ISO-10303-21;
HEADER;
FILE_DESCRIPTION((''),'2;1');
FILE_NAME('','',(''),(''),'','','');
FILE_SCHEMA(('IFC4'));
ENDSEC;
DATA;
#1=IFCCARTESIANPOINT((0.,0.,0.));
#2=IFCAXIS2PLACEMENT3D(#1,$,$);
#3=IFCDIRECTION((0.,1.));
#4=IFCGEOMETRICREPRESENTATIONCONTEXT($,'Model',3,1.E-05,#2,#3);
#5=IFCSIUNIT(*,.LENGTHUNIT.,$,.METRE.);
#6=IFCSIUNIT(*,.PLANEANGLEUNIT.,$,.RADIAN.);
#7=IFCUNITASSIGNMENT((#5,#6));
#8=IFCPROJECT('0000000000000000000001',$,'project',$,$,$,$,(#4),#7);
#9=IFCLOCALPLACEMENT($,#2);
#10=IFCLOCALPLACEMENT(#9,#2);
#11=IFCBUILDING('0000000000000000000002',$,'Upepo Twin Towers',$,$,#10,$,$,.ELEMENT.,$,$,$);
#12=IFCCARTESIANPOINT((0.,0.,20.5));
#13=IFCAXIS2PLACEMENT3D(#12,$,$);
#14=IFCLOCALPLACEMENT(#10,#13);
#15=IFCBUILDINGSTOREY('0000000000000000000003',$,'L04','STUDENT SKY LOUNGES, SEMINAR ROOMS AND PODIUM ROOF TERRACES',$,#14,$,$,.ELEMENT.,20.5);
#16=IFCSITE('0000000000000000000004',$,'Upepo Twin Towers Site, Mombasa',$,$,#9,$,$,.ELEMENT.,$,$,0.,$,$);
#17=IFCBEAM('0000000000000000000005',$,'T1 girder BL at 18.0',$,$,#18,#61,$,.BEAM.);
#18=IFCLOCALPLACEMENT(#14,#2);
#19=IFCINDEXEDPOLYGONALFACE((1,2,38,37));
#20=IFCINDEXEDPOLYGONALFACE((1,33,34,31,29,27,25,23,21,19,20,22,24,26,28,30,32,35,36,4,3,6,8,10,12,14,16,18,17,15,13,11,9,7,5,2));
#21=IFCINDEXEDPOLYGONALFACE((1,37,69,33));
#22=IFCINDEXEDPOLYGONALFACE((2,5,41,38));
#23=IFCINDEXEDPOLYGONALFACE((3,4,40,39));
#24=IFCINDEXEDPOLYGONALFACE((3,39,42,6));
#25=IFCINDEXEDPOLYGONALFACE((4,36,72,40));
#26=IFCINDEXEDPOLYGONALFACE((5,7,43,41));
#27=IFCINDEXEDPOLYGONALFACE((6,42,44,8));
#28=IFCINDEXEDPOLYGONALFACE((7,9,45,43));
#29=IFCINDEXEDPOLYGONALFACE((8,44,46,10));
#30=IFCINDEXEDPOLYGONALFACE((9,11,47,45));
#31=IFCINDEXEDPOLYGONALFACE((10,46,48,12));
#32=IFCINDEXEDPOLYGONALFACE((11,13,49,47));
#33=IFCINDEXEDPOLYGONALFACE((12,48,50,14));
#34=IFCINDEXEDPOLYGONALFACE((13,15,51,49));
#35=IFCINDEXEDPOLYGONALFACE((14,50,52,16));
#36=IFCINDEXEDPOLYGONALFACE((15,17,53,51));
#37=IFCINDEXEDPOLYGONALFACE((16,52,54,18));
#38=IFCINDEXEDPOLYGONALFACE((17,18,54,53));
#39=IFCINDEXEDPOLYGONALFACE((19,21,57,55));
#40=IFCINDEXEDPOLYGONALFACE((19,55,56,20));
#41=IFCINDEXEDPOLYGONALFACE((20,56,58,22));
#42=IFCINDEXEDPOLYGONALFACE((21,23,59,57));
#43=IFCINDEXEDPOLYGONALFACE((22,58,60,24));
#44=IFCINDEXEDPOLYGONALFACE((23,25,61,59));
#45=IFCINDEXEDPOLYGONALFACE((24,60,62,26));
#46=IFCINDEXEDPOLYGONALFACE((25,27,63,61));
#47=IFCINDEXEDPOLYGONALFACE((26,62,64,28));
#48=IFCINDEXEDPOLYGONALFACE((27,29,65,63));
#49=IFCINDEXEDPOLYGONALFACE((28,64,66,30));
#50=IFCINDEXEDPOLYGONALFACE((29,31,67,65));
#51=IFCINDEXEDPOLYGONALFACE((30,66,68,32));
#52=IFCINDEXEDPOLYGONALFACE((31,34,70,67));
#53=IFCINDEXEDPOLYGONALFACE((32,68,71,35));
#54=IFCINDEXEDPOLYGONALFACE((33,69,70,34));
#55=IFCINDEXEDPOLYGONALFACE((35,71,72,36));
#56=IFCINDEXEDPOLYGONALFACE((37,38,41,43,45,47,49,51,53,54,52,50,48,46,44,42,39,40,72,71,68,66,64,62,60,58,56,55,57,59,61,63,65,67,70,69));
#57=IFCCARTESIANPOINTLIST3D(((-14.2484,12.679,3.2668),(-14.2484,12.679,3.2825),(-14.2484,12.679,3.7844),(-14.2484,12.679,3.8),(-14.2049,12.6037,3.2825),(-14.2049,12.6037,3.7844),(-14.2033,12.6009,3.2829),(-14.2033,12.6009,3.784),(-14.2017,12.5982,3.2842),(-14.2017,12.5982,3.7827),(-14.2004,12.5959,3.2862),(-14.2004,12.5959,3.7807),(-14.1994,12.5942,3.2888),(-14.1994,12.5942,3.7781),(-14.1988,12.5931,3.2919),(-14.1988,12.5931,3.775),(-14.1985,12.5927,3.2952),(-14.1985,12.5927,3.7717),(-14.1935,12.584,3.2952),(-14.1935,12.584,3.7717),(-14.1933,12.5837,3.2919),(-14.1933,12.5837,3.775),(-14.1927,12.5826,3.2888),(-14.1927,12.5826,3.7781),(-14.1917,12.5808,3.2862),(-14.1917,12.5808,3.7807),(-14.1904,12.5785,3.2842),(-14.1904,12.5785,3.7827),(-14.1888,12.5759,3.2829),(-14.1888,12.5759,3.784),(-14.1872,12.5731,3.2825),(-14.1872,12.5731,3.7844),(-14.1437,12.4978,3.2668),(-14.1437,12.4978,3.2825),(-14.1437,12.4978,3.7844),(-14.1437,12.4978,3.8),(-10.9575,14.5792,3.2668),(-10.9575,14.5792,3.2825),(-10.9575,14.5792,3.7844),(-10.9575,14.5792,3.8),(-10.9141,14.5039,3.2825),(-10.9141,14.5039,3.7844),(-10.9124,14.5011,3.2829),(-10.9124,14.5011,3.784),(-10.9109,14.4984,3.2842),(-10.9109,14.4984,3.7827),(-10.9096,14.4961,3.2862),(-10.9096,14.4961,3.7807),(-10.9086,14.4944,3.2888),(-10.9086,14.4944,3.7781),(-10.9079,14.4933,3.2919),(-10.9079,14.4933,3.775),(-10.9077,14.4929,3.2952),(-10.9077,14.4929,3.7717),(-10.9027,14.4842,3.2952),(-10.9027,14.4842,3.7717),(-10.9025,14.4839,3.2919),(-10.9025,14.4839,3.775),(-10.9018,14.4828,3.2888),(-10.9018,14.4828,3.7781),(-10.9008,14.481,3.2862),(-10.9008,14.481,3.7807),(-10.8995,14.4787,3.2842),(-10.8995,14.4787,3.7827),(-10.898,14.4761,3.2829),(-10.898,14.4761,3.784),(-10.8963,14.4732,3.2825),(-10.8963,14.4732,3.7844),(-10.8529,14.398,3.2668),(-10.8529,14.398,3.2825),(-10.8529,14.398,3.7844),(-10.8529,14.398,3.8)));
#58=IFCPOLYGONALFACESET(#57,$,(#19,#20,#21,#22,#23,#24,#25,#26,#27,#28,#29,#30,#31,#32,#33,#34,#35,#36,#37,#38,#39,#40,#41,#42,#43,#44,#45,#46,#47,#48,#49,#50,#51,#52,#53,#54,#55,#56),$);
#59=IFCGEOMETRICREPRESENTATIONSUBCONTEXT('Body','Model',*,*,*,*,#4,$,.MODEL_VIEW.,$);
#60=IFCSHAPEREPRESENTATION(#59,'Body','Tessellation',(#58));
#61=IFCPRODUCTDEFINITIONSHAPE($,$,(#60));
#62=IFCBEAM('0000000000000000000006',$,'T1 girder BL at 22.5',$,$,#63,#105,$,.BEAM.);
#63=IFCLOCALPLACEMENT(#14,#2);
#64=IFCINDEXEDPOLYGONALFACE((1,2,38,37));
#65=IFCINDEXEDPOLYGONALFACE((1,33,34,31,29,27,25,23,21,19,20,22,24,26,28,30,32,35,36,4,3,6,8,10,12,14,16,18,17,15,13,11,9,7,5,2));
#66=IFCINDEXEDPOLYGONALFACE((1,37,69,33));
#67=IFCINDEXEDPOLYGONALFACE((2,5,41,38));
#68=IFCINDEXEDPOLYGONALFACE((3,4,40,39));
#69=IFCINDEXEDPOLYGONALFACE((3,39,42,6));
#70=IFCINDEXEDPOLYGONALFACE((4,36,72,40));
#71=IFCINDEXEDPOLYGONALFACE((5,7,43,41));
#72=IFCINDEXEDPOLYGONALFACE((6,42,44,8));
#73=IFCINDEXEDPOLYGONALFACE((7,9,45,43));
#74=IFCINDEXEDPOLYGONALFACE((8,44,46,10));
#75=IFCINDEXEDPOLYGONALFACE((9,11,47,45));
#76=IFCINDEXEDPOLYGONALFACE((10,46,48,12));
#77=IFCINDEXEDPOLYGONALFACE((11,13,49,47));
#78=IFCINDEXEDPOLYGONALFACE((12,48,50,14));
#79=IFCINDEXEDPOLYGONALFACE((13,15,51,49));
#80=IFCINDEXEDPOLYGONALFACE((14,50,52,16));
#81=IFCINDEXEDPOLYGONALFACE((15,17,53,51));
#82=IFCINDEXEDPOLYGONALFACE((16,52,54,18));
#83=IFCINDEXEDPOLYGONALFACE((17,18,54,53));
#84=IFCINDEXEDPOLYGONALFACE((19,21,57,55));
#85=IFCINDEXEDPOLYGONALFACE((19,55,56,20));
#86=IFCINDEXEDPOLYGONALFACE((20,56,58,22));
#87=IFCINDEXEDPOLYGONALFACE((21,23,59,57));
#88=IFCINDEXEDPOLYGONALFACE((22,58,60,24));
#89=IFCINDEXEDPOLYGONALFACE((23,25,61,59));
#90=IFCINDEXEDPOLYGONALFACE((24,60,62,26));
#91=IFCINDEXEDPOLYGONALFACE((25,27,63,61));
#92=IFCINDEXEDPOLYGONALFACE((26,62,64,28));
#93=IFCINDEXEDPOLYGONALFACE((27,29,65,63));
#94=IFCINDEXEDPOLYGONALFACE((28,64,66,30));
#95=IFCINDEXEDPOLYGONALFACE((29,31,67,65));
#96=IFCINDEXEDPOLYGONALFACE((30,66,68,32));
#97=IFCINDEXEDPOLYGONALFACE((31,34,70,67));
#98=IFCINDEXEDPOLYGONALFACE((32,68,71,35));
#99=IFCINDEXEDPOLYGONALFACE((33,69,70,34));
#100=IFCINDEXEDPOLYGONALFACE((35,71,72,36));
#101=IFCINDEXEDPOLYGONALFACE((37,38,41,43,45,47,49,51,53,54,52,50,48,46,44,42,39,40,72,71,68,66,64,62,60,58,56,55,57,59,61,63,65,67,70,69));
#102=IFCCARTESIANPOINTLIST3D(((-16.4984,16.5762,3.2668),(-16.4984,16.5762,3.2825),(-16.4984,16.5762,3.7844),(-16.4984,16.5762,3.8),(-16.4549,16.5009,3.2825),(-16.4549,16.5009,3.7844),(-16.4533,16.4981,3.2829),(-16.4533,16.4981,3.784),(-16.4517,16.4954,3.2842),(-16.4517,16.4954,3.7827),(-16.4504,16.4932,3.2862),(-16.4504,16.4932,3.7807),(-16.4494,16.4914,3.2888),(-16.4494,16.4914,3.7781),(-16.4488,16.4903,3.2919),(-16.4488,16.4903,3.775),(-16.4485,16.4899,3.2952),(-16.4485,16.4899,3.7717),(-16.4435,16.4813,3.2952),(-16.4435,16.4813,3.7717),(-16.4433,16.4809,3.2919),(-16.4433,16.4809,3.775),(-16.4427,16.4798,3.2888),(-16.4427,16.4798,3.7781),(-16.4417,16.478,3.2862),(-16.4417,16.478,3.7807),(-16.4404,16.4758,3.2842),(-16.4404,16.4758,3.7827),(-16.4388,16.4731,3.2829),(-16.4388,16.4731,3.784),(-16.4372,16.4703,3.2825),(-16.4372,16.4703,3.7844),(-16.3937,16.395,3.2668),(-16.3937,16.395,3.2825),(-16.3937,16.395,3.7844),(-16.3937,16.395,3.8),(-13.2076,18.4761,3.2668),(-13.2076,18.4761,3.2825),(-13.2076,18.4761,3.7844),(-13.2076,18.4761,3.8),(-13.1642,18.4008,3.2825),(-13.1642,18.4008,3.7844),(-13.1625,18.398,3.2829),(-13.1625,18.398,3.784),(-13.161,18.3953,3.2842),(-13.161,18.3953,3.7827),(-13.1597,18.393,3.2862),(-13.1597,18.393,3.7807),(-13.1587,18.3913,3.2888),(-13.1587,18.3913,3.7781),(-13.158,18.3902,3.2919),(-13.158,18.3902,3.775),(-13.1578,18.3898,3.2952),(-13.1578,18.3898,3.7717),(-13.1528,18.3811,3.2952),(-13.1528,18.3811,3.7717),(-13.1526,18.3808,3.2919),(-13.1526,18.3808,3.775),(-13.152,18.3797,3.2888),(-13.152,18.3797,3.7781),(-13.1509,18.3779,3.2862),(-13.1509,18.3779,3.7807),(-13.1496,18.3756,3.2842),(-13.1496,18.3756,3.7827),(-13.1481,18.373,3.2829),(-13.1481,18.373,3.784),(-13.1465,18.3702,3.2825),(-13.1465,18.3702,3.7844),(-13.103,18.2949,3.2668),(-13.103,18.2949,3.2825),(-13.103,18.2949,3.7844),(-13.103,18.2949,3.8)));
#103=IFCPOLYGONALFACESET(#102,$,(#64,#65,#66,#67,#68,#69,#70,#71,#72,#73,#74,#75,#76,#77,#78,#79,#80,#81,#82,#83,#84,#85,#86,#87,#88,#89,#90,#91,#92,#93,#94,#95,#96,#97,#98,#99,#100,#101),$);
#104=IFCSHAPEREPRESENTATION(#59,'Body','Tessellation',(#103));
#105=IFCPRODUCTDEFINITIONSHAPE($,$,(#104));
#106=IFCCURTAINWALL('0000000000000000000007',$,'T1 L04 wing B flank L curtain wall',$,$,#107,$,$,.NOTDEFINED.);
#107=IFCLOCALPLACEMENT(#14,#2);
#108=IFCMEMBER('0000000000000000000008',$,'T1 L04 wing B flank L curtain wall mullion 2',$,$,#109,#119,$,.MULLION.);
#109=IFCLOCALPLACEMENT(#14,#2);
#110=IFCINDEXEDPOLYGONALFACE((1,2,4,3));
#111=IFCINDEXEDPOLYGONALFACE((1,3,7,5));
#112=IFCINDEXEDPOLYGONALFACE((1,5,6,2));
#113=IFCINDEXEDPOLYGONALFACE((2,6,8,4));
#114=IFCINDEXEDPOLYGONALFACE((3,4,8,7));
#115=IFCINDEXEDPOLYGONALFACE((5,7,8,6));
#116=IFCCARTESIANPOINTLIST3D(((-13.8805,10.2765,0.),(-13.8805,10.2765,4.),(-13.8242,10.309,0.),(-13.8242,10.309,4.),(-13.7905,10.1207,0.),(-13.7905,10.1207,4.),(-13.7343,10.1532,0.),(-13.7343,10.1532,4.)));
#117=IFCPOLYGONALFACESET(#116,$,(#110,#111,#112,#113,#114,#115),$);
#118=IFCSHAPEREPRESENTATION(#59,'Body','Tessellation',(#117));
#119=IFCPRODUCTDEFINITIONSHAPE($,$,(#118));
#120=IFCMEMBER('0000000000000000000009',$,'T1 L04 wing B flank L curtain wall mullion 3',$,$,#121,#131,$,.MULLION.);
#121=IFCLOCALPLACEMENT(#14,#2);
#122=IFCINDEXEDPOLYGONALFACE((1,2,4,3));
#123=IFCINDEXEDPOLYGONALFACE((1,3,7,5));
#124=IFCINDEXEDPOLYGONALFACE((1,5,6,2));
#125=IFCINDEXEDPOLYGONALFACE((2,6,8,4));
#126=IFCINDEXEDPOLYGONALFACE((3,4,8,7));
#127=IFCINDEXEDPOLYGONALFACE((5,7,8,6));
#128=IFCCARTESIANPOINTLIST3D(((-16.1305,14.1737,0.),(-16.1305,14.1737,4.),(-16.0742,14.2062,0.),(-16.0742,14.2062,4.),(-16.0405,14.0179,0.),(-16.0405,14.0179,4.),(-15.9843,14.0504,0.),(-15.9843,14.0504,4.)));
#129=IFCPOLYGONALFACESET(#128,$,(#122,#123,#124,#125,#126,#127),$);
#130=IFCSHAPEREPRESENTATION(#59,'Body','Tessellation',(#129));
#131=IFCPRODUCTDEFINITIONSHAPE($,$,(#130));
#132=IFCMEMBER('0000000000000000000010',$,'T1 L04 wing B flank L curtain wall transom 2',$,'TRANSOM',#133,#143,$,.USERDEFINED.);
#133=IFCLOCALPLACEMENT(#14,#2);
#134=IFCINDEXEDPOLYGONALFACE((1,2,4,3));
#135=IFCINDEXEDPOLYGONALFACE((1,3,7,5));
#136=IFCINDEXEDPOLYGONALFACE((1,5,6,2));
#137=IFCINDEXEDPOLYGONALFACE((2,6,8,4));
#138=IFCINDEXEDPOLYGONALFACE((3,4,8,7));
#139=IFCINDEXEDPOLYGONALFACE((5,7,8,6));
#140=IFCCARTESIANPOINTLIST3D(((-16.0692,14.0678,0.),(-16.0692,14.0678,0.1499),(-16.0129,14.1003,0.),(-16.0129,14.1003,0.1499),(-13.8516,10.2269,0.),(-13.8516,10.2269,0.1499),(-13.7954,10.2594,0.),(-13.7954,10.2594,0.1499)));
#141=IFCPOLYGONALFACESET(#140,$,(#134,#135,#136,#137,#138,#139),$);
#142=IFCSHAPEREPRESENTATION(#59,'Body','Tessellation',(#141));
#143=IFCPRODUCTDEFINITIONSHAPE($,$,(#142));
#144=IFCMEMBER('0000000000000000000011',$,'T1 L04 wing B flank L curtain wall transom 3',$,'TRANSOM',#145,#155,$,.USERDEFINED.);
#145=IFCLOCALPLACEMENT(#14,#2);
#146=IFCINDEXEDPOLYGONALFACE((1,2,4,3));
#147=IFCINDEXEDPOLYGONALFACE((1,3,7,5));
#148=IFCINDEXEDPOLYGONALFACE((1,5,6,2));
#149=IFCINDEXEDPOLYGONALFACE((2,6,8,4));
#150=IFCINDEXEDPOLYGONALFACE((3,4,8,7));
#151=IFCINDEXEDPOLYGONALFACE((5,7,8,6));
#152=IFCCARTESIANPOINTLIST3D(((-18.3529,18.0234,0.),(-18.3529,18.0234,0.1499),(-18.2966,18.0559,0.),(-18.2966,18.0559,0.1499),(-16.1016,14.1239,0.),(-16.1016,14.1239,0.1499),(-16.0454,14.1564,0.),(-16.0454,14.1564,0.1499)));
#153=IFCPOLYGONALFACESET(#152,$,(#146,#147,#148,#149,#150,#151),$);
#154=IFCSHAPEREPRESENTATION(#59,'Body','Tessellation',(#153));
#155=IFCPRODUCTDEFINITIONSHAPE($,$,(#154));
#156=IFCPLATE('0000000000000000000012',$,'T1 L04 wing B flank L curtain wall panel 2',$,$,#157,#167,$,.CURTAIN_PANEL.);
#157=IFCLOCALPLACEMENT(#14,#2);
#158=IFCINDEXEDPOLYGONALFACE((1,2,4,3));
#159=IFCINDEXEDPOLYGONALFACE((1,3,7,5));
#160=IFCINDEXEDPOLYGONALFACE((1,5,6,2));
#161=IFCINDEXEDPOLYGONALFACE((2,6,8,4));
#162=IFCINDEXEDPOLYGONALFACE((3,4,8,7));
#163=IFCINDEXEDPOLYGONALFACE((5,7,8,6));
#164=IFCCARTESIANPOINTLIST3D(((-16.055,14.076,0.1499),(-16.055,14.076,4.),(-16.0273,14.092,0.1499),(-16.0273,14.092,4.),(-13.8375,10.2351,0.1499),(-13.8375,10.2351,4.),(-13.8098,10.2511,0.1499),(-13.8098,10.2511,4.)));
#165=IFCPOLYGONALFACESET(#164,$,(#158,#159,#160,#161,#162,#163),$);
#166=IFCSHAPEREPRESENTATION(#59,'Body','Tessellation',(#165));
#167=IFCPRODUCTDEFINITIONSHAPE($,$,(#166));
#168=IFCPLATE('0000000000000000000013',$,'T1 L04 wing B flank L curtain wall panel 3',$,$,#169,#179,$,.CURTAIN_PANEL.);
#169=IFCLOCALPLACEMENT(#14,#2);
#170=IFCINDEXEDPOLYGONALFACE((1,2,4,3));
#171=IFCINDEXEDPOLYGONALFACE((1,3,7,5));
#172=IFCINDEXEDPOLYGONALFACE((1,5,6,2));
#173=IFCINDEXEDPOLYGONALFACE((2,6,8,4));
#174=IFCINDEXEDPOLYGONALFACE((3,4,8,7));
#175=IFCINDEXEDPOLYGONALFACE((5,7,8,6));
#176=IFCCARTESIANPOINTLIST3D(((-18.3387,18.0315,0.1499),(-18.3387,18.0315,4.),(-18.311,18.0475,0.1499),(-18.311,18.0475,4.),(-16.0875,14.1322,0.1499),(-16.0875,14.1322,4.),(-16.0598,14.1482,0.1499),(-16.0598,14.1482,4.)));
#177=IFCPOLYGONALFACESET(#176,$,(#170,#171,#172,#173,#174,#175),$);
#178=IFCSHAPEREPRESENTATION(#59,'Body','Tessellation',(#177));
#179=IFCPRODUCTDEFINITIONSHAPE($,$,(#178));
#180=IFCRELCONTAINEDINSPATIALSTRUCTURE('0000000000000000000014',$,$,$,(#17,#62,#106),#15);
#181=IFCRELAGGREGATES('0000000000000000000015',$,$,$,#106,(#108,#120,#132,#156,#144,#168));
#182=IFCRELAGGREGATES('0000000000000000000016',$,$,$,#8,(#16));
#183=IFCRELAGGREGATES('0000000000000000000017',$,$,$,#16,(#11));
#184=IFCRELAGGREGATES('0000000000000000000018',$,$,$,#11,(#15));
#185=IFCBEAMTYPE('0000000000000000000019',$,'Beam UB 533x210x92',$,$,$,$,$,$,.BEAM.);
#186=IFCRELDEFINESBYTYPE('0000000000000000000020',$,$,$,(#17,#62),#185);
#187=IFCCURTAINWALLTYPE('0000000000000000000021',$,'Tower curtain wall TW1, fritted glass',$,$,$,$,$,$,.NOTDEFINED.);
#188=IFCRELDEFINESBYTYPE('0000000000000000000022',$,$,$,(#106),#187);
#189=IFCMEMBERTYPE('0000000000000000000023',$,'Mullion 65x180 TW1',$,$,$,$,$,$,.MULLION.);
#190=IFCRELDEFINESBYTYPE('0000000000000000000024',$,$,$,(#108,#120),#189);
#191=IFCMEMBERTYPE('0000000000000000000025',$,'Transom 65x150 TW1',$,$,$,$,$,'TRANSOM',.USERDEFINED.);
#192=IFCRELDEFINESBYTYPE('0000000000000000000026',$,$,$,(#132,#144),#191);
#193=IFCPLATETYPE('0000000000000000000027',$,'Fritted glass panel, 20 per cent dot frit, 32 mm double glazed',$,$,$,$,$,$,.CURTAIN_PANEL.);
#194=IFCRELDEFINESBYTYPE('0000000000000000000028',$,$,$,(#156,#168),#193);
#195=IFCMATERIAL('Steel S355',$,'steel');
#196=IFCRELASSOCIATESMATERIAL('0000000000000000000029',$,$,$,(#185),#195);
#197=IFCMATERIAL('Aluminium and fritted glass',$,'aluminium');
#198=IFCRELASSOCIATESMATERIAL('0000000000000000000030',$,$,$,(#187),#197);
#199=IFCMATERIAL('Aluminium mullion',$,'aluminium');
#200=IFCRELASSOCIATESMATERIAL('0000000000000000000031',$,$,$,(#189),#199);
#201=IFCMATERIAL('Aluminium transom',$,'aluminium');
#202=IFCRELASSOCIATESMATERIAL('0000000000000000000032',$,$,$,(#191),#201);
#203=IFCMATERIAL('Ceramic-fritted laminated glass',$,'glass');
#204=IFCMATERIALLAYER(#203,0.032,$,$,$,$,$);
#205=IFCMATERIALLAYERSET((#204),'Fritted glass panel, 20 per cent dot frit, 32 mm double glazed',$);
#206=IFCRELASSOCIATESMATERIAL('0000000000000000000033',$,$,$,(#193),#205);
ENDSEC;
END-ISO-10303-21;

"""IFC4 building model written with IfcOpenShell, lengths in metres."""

from ifc_helpers import new_model, si_unit, direction, frame, origin, origin_2d, place, context, subcontext, project, spatial, rectangle, i_section, extrude, material, layer, layer_set, material_profile, profile_set, type_object, element, aggregate, save


model = new_model("IFC4")

# Units and contexts
model_context = context("Model", 3, precision=1e-05, world=origin(), true_north=direction((0.0, 1.0)))
body_context = subcontext(model_context, "Body", "Model", "MODEL_VIEW")
ifc_project = project(units=[si_unit("LENGTHUNIT", "METRE"), si_unit("PLANEANGLEUNIT", "RADIAN")], contexts=[model_context])

# Site, building, storey
site_placement = place(None, origin())
site = spatial("IfcSite", under=ifc_project, at=site_placement, Name="Upepo Twin Towers Site, Mombasa", CompositionType="ELEMENT", RefElevation=0.0)
building_placement = place(site_placement, origin())
building = spatial("IfcBuilding", under=site, at=building_placement, Name="Upepo Twin Towers", CompositionType="ELEMENT")
storey_placement = place(building_placement, frame((0.0, 0.0, 20.5)))
storey = spatial("IfcBuildingStorey", under=building, at=storey_placement, Name="L04", Description="STUDENT SKY LOUNGES, SEMINAR ROOMS AND PODIUM ROOF TERRACES", CompositionType="ELEMENT", Elevation=20.5)

# Beams
ifc_material_1 = material(Name="Steel S355", Category="steel")
ifc_material_profile_1 = material_profile(ifc_material_1, i_section(OverallWidth=0.2092, OverallDepth=0.5332, WebThickness=0.01, FlangeThickness=0.0156, FilletRadius=0.0127, at=origin_2d()), Name="UB 533x210x92")
ifc_profile_set_1 = profile_set([ifc_material_profile_1], Name="Steel S355")
beam_type_1 = type_object("IfcBeamType", Name="Beam UB 533x210x92", PredefinedType="BEAM", material=ifc_profile_set_1)
beam_1_placement = place(storey_placement, frame((-14.196, 12.5884, 3.5334), z_axis=(0.866, 0.500043, 0.0), x_axis=(-0.500043, 0.866, 0.0)))
element("IfcBeam", 1, at=beam_1_placement, inside=storey, type_object=beam_type_1, Name="T1 girder BL at 18.0", PredefinedType="BEAM", context=body_context, shape_type="SweptSolid", body=[
    extrude(i_section(OverallWidth=0.2092, OverallDepth=0.5332, WebThickness=0.01, FlangeThickness=0.0156, FilletRadius=0.0127, at=origin_2d()), origin(), (0.0, 0.0, 1.0), 3.8),
])
beam_2_placement = place(storey_placement, frame((-16.446, 16.4856, 3.5334), z_axis=(0.866028, 0.499995, 0.0), x_axis=(-0.499995, 0.866028, 0.0)))
element("IfcBeam", 2, at=beam_2_placement, inside=storey, type_object=beam_type_1, Name="T1 girder BL at 22.5", PredefinedType="BEAM", context=body_context, shape_type="SweptSolid", body=[
    extrude(i_section(OverallWidth=0.2092, OverallDepth=0.5332, WebThickness=0.01, FlangeThickness=0.0156, FilletRadius=0.0127, at=origin_2d()), origin(), (0.0, 0.0, 1.0), 3.7998),
])

# Curtain wall, members, plates
ifc_material_2 = material(Name="Aluminium and fritted glass", Category="aluminium")
curtain_wall_type = type_object("IfcCurtainWallType", Name="Tower curtain wall TW1, fritted glass", PredefinedType="NOTDEFINED", material=ifc_material_2)
curtain_wall_placement = place(storey_placement, origin())
curtain_wall = element("IfcCurtainWall", 3, at=curtain_wall_placement, inside=storey, type_object=curtain_wall_type, Name="T1 L04 wing B flank L curtain wall", PredefinedType="NOTDEFINED")
ifc_material_3 = material(Name="Aluminium mullion", Category="aluminium")
ifc_material_profile_2 = material_profile(ifc_material_3, rectangle(XDim=0.0649, YDim=0.1799, at=origin_2d()), Name="MULLION 65x180")
ifc_profile_set_2 = profile_set([ifc_material_profile_2], Name="Aluminium mullion")
member_type_1 = type_object("IfcMemberType", Name="Mullion 65x180 TW1", PredefinedType="MULLION", material=ifc_profile_set_2)
member_1_placement = place(storey_placement, frame((-13.8074, 10.2148, 0.0), z_axis=(0.0, 0.0, 1.0), x_axis=(-0.866025, -0.5, 0.0)))
member_1 = element("IfcMember", 4, at=member_1_placement, type_object=member_type_1, Name="T1 L04 wing B flank L curtain wall mullion 2", PredefinedType="MULLION", context=body_context, shape_type="SweptSolid", body=[
    extrude(rectangle(XDim=0.0649, YDim=0.1799, at=origin_2d()), origin(), (0.0, 0.0, 1.0), 4.0),
])
member_2_placement = place(storey_placement, frame((-16.0574, 14.1121, 0.0), z_axis=(0.0, 0.0, 1.0), x_axis=(-0.866025, -0.5, 0.0)))
member_2 = element("IfcMember", 5, at=member_2_placement, type_object=member_type_1, Name="T1 L04 wing B flank L curtain wall mullion 3", PredefinedType="MULLION", context=body_context, shape_type="SweptSolid", body=[
    extrude(rectangle(XDim=0.0649, YDim=0.1799, at=origin_2d()), origin(), (0.0, 0.0, 1.0), 4.0),
])
ifc_material_4 = material(Name="Aluminium transom", Category="aluminium")
ifc_material_profile_3 = material_profile(ifc_material_4, rectangle(XDim=0.0649, YDim=0.1499, at=origin_2d()), Name="TRANSOM 65x150")
ifc_profile_set_3 = profile_set([ifc_material_profile_3], Name="Aluminium transom")
member_type_2 = type_object("IfcMemberType", Name="Transom 65x150 TW1", ElementType="TRANSOM", PredefinedType="USERDEFINED", material=ifc_profile_set_3)
member_3_placement = place(storey_placement, frame((-13.8235, 10.2432, 0.075), z_axis=(-0.500005, 0.866022, 0.0), x_axis=(-0.866022, -0.500005, 0.0)))
member_3 = element("IfcMember", 6, at=member_3_placement, type_object=member_type_2, Name="T1 L04 wing B flank L curtain wall transom 2", ObjectType="TRANSOM", PredefinedType="USERDEFINED", context=body_context, shape_type="SweptSolid", body=[
    extrude(rectangle(XDim=0.0649, YDim=0.1499, at=origin_2d()), origin(), (0.0, 0.0, 1.0), 4.4351),
])
member_4_placement = place(storey_placement, frame((-16.0735, 14.1401, 0.075), z_axis=(-0.499982, 0.866036, 0.0), x_axis=(-0.866036, -0.499982, 0.0)))
member_4 = element("IfcMember", 7, at=member_4_placement, type_object=member_type_2, Name="T1 L04 wing B flank L curtain wall transom 3", ObjectType="TRANSOM", PredefinedType="USERDEFINED", context=body_context, shape_type="SweptSolid", body=[
    extrude(rectangle(XDim=0.0649, YDim=0.1499, at=origin_2d()), origin(), (0.0, 0.0, 1.0), 4.5027),
])
ifc_material_5 = material(Name="Ceramic-fritted laminated glass", Category="glass")
ifc_layer_1 = layer(ifc_material_5, 0.032)
ifc_layer_set_1 = layer_set([ifc_layer_1], Name="Fritted glass panel, 20 per cent dot frit, 32 mm double glazed")
plate_type = type_object("IfcPlateType", Name="Fritted glass panel, 20 per cent dot frit, 32 mm double glazed", PredefinedType="CURTAIN_PANEL", material=ifc_layer_set_1)
plate_1_placement = place(storey_placement, frame((-14.9324, 12.1636, 0.1499), z_axis=(0.0, 0.0, 1.0), x_axis=(-0.5, 0.866025, 0.0)))
plate_1 = element("IfcPlate", 8, at=plate_1_placement, type_object=plate_type, Name="T1 L04 wing B flank L curtain wall panel 2", PredefinedType="CURTAIN_PANEL", context=body_context, shape_type="SweptSolid", body=[
    extrude(rectangle(XDim=4.4351, YDim=0.032, at=origin_2d()), origin(), (0.0, 0.0, 1.0), 3.8501),
])
plate_2_placement = place(storey_placement, frame((-17.1992, 16.0898, 0.1499), z_axis=(0.0, 0.0, 1.0), x_axis=(-0.5, 0.866025, 0.0)))
plate_2 = element("IfcPlate", 9, at=plate_2_placement, type_object=plate_type, Name="T1 L04 wing B flank L curtain wall panel 3", PredefinedType="CURTAIN_PANEL", context=body_context, shape_type="SweptSolid", body=[
    extrude(rectangle(XDim=4.5024, YDim=0.032, at=origin_2d()), origin(), (0.0, 0.0, 1.0), 3.8501),
])
aggregate(curtain_wall, [member_1, member_2, member_3, plate_1, member_4, plate_2])

save(model, "model.ifc")
